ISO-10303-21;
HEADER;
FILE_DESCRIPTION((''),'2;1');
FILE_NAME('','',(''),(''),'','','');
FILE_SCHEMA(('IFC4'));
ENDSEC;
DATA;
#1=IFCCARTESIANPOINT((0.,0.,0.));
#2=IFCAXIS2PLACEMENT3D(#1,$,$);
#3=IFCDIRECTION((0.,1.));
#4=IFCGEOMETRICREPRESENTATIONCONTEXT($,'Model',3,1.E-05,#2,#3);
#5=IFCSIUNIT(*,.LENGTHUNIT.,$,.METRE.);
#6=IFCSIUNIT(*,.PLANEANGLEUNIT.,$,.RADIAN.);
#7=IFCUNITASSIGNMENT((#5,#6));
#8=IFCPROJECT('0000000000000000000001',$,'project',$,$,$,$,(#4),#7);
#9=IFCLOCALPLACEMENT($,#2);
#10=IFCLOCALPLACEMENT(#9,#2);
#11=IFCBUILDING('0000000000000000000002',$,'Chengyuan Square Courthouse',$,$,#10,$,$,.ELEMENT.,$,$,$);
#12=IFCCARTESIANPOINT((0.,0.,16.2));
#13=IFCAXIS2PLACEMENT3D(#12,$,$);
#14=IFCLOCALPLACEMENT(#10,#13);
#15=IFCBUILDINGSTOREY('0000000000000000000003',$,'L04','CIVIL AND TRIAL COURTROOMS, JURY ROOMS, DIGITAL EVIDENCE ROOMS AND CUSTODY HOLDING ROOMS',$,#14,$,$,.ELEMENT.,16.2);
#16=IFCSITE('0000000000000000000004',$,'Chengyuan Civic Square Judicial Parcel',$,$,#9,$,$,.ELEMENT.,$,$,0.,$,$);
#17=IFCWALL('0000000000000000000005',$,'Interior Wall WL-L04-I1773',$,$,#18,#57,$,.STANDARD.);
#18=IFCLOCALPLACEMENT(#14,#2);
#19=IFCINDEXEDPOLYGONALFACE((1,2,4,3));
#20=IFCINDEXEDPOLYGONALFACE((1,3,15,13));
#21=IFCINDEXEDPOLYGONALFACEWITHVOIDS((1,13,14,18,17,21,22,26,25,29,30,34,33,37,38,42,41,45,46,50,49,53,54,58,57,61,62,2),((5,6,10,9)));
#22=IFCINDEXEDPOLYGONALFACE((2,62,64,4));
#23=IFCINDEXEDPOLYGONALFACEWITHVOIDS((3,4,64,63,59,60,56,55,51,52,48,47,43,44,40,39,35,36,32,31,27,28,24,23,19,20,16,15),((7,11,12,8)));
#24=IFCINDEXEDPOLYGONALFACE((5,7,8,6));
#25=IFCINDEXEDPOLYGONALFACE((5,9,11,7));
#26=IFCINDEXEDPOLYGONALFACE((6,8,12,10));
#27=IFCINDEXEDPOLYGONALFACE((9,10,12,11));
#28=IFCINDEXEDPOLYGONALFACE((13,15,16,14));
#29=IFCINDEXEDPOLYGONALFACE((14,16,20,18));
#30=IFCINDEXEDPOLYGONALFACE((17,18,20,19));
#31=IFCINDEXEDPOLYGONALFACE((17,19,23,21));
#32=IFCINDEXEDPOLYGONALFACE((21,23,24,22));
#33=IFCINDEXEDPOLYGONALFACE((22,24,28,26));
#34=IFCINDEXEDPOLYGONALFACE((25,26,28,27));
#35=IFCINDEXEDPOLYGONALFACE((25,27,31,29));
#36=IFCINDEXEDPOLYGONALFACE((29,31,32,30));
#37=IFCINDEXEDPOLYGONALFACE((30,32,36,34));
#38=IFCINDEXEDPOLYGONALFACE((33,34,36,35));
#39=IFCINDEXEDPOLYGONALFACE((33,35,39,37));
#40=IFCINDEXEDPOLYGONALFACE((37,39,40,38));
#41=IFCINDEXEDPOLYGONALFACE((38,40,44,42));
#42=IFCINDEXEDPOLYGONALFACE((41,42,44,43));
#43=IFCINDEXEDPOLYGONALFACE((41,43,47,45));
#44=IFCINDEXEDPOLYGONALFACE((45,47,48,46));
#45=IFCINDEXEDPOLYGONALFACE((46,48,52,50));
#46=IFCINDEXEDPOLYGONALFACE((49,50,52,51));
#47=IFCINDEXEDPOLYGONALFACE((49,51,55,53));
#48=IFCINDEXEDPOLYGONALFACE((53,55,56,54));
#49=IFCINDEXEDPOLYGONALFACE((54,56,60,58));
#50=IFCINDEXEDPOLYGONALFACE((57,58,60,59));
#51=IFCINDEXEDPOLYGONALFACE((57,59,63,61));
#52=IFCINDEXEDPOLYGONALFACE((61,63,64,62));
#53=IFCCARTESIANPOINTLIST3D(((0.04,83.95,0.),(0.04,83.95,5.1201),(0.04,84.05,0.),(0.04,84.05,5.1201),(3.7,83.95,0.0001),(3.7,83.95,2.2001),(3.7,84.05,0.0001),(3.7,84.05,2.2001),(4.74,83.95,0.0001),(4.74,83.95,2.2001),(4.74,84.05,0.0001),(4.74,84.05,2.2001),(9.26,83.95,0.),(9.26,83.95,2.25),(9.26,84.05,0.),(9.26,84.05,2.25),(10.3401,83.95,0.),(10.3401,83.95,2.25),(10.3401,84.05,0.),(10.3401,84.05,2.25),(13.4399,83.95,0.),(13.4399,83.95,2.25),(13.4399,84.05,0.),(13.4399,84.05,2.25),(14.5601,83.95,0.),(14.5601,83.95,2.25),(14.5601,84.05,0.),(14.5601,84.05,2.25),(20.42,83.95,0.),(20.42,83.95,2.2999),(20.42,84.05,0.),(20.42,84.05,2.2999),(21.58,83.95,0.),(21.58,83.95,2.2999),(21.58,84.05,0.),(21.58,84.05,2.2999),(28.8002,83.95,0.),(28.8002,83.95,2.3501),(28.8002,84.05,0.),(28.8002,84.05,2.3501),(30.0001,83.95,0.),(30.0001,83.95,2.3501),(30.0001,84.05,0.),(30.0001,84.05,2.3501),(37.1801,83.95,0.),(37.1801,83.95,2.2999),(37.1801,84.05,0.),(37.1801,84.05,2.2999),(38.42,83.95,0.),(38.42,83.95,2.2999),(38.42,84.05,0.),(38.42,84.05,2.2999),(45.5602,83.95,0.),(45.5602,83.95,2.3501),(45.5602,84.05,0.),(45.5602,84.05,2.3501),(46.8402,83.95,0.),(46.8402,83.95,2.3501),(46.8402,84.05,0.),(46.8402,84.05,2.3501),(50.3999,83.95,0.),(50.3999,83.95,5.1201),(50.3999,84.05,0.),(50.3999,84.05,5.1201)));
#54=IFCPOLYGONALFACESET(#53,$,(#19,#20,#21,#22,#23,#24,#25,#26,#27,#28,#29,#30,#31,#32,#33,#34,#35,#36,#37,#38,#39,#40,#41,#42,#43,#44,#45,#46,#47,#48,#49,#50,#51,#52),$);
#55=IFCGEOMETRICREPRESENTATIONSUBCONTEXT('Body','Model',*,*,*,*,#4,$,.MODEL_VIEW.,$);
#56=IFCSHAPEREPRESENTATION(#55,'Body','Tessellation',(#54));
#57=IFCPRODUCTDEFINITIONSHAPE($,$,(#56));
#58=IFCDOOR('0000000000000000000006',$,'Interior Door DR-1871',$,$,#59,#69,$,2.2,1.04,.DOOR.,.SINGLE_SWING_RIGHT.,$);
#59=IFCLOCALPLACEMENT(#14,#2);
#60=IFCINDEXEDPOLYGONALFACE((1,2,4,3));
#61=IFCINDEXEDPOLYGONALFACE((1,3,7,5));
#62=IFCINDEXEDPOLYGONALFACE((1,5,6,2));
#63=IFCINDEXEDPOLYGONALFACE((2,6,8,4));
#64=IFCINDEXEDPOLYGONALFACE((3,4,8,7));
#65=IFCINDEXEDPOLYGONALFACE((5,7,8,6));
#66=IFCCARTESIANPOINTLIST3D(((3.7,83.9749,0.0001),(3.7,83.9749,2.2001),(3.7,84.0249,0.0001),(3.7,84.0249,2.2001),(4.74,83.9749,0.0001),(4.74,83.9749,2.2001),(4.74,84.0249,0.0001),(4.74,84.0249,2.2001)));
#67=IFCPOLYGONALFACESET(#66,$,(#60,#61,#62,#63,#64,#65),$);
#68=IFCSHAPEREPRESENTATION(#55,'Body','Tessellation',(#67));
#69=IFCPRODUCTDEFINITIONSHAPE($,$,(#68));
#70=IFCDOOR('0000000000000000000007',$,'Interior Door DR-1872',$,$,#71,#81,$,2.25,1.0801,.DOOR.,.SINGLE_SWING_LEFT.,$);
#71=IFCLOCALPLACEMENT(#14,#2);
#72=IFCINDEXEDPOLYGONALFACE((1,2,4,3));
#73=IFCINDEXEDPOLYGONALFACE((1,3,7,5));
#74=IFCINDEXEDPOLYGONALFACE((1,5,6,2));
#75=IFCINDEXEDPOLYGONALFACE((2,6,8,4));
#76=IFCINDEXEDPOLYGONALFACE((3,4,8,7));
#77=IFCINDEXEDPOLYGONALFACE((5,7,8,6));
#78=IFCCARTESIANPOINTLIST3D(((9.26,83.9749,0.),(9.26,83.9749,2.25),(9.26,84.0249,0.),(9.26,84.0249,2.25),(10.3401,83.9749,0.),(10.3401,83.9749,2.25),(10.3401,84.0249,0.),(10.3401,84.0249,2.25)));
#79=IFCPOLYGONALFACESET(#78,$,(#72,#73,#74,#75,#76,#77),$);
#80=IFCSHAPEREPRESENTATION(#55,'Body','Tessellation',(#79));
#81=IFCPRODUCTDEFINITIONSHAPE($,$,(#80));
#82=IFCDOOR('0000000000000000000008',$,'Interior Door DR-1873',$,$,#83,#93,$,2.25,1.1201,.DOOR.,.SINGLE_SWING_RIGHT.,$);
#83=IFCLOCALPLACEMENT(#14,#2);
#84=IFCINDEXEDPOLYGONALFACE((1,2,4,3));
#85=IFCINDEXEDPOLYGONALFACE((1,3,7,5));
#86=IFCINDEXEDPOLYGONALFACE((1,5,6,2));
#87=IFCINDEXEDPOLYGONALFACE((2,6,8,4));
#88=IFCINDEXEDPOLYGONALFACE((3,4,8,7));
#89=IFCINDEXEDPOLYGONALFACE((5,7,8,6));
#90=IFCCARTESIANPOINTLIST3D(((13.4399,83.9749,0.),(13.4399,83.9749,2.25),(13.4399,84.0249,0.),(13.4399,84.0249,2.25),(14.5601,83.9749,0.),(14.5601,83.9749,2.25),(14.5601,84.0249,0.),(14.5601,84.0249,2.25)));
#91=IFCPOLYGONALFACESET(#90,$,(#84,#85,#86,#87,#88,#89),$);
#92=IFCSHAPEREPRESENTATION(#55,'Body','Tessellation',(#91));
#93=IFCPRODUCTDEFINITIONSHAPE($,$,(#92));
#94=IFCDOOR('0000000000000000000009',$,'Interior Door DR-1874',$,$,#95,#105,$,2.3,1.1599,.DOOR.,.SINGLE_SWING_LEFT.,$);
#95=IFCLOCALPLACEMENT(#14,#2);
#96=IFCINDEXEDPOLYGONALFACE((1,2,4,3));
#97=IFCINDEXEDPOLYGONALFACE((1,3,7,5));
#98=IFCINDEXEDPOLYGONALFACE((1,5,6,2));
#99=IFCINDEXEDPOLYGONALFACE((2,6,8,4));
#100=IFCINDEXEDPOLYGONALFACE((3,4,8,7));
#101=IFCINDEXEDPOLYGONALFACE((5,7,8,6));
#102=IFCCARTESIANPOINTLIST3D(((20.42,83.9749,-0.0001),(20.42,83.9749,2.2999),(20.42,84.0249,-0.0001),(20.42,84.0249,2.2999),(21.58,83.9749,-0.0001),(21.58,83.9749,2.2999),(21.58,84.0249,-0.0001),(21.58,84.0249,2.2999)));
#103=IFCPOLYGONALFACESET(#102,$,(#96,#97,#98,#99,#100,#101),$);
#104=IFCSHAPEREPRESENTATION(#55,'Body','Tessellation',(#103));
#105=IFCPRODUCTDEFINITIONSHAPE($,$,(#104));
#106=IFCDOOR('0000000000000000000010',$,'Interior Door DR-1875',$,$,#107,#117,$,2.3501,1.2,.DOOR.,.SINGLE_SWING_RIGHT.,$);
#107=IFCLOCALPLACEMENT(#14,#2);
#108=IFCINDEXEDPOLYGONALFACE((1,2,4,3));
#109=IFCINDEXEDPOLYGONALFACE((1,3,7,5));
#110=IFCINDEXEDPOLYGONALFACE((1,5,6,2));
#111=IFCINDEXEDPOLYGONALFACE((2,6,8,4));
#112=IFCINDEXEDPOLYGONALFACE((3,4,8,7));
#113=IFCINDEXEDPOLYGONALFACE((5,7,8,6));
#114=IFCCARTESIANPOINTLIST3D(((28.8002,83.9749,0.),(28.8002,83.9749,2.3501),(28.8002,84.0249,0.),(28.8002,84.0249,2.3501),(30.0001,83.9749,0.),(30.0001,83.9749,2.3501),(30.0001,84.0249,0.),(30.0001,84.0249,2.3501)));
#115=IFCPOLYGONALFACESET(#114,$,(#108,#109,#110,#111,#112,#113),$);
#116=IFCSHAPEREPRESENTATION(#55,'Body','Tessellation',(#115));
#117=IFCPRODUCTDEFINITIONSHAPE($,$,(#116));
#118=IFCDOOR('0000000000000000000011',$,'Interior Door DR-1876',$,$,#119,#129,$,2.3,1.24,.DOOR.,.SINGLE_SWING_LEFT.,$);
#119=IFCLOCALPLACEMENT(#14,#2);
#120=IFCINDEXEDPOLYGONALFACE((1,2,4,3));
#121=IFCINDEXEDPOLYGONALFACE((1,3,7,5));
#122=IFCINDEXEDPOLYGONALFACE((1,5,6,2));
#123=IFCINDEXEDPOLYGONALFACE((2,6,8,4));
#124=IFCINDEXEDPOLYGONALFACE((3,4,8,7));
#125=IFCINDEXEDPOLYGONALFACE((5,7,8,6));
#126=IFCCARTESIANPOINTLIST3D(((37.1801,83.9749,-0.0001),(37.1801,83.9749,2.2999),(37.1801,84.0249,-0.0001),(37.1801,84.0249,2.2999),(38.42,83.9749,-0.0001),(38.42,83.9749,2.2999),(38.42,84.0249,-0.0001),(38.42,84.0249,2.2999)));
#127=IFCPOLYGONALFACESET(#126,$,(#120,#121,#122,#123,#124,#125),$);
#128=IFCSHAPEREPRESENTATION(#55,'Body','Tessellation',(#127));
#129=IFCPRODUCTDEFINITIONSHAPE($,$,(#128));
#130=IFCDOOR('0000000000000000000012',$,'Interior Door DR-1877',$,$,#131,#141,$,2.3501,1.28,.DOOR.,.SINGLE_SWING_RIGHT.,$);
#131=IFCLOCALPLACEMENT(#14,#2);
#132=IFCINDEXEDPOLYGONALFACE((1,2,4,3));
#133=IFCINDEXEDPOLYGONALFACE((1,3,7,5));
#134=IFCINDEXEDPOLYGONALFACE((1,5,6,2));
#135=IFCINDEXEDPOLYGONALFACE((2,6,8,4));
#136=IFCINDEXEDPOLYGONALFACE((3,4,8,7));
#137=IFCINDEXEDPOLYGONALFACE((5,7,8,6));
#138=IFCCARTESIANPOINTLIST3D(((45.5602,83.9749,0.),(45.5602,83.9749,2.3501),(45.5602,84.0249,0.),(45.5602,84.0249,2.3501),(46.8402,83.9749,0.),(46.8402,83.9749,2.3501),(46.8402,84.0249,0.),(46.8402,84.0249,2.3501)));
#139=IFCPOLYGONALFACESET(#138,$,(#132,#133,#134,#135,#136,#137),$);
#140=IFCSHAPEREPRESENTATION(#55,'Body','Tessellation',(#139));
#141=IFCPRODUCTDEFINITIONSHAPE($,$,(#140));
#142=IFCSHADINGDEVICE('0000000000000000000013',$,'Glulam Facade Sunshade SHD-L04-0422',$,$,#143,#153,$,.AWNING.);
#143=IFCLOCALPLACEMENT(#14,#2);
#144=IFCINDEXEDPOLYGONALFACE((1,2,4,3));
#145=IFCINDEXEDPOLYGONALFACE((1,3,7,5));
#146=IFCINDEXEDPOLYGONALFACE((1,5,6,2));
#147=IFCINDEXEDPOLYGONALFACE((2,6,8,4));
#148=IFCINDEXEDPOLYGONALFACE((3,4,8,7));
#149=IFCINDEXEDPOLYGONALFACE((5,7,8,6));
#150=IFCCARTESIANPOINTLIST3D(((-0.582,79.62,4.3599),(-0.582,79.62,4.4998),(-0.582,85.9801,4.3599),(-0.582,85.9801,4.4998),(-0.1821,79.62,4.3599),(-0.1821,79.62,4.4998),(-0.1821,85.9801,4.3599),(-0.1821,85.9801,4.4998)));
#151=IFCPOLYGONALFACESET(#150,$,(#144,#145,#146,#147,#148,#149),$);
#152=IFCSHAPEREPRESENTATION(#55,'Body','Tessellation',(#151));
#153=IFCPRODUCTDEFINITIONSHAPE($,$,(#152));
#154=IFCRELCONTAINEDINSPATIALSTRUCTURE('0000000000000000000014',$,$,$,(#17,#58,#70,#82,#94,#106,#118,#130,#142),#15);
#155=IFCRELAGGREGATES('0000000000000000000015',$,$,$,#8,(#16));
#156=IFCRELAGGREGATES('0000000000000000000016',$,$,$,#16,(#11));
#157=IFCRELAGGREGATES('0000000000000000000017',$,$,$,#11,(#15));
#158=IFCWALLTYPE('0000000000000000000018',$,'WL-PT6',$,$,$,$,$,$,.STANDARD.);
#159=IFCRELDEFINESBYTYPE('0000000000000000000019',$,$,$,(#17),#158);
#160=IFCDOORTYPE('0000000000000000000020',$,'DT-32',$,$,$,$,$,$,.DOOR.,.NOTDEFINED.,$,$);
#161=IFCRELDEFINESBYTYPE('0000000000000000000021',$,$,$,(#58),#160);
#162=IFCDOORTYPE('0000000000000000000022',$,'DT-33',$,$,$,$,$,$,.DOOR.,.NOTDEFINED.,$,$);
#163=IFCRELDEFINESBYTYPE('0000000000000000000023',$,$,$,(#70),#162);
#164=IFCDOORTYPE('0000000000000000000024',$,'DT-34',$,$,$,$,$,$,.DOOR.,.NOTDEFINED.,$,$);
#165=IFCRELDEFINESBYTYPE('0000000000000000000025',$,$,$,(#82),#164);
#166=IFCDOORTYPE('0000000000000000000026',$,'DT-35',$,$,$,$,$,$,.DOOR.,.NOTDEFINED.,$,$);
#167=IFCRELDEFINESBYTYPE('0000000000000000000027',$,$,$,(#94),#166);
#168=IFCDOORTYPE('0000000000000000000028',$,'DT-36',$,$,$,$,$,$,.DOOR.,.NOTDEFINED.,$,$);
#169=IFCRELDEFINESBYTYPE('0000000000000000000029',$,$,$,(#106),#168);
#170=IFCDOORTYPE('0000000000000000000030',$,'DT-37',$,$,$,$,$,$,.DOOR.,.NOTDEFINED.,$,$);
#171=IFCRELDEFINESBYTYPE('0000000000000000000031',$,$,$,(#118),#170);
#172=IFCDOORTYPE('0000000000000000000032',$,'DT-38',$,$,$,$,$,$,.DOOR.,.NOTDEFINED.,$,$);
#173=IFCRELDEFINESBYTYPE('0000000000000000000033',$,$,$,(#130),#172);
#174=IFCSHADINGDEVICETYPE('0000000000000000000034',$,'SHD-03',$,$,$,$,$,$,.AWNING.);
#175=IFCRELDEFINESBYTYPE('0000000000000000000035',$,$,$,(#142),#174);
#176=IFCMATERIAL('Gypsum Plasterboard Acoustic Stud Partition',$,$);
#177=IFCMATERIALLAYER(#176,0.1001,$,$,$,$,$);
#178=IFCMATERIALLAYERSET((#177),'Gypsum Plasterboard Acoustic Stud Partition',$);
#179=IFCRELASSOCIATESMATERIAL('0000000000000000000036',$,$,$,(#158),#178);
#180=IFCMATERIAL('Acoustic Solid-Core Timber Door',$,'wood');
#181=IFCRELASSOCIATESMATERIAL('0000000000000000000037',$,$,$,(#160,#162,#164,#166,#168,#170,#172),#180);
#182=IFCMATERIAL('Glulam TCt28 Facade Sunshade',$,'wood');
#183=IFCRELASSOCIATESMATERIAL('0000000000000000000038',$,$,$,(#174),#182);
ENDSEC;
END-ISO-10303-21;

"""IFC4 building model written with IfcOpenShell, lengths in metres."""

from ifc_helpers import new_model, si_unit, direction, frame, frame_2d, origin, origin_2d, place, context, subcontext, project, spatial, rectangle, extrude, material, layer, layer_set, type_object, element, fill, save


model = new_model("IFC4")

# Units and contexts
model_context = context("Model", 3, precision=1e-05, world=origin(), true_north=direction((0.0, 1.0)))
body_context = subcontext(model_context, "Body", "Model", "MODEL_VIEW")
ifc_project = project(units=[si_unit("LENGTHUNIT", "METRE"), si_unit("PLANEANGLEUNIT", "RADIAN")], contexts=[model_context])

# Site, building, storey
site_placement = place(None, origin())
site = spatial("IfcSite", under=ifc_project, at=site_placement, Name="Chengyuan Civic Square Judicial Parcel", CompositionType="ELEMENT", RefElevation=0.0)
building_placement = place(site_placement, origin())
building = spatial("IfcBuilding", under=site, at=building_placement, Name="Chengyuan Square Courthouse", CompositionType="ELEMENT")
storey_placement = place(building_placement, frame((0.0, 0.0, 16.2)))
storey = spatial("IfcBuildingStorey", under=building, at=storey_placement, Name="L04", Description="CIVIL AND TRIAL COURTROOMS, JURY ROOMS, DIGITAL EVIDENCE ROOMS AND CUSTODY HOLDING ROOMS", CompositionType="ELEMENT", Elevation=16.2)

# Wall, openings, doors
ifc_material_1 = material(Name="Gypsum Plasterboard Acoustic Stud Partition")
ifc_layer_1 = layer(ifc_material_1, 0.1001)
ifc_layer_set_1 = layer_set([ifc_layer_1], Name="Gypsum Plasterboard Acoustic Stud Partition")
wall_type_1 = type_object("IfcWallType", Name="WL-PT6", PredefinedType="STANDARD", material=ifc_layer_set_1)
wall_1_placement = place(storey_placement, frame((0.04, 84.0, 0.0), z_axis=(0.0, 0.0, 1.0), x_axis=(1.0, 0.0, 0.0)))
wall_1 = element("IfcWall", 1, at=wall_1_placement, inside=storey, type_object=wall_type_1, Name="Interior Wall WL-L04-I1773", PredefinedType="STANDARD", context=body_context, shape_type="SweptSolid", body=[
    extrude(rectangle(XDim=50.3599, YDim=0.1001, at=frame_2d((25.1799, 0.0))), origin(), (0.0, 0.0, 1.0), 5.1201),
])
opening_1_placement = place(wall_1_placement, frame((3.6599, 0.0, 0.0)))
opening_1 = element("IfcOpeningElement", 2, at=opening_1_placement, cuts=wall_1, PredefinedType="OPENING", context=body_context, shape_type="SweptSolid", body=[
    extrude(rectangle(XDim=1.04, YDim=2.2, at=frame_2d((0.52, 1.1001))), frame((0.0, 0.062, 0.0), z_axis=(0.0, -1.0, 0.0), x_axis=(1.0, 0.0, 0.0)), (0.0, 0.0, 1.0), 0.124),
])
opening_2_placement = place(wall_1_placement, frame((9.22, 0.0, 0.0)))
opening_2 = element("IfcOpeningElement", 3, at=opening_2_placement, cuts=wall_1, PredefinedType="OPENING", context=body_context, shape_type="SweptSolid", body=[
    extrude(rectangle(XDim=1.0801, YDim=2.25, at=frame_2d((0.54, 1.125))), frame((0.0, 0.062, 0.0), z_axis=(0.0, -1.0, 0.0), x_axis=(1.0, 0.0, 0.0)), (0.0, 0.0, 1.0), 0.124),
])
opening_3_placement = place(wall_1_placement, frame((13.3999, 0.0, 0.0)))
opening_3 = element("IfcOpeningElement", 4, at=opening_3_placement, cuts=wall_1, PredefinedType="OPENING", context=body_context, shape_type="SweptSolid", body=[
    extrude(rectangle(XDim=1.1201, YDim=2.25, at=frame_2d((0.5601, 1.125))), frame((0.0, 0.062, 0.0), z_axis=(0.0, -1.0, 0.0), x_axis=(1.0, 0.0, 0.0)), (0.0, 0.0, 1.0), 0.124),
])
opening_4_placement = place(wall_1_placement, frame((20.3799, 0.0, 0.0)))
opening_4 = element("IfcOpeningElement", 5, at=opening_4_placement, cuts=wall_1, PredefinedType="OPENING", context=body_context, shape_type="SweptSolid", body=[
    extrude(rectangle(XDim=1.1599, YDim=2.3, at=frame_2d((0.5801, 1.1499))), frame((0.0, 0.062, 0.0), z_axis=(0.0, -1.0, 0.0), x_axis=(1.0, 0.0, 0.0)), (0.0, 0.0, 1.0), 0.124),
])
opening_5_placement = place(wall_1_placement, frame((28.76, 0.0, 0.0)))
opening_5 = element("IfcOpeningElement", 6, at=opening_5_placement, cuts=wall_1, PredefinedType="OPENING", context=body_context, shape_type="SweptSolid", body=[
    extrude(rectangle(XDim=1.2, YDim=2.3501, at=frame_2d((0.6001, 1.175))), frame((0.0, 0.062, 0.0), z_axis=(0.0, -1.0, 0.0), x_axis=(1.0, 0.0, 0.0)), (0.0, 0.0, 1.0), 0.124),
])
opening_6_placement = place(wall_1_placement, frame((37.1399, 0.0, 0.0)))
opening_6 = element("IfcOpeningElement", 7, at=opening_6_placement, cuts=wall_1, PredefinedType="OPENING", context=body_context, shape_type="SweptSolid", body=[
    extrude(rectangle(XDim=1.24, YDim=2.3, at=frame_2d((0.6201, 1.1499))), frame((0.0, 0.062, 0.0), z_axis=(0.0, -1.0, 0.0), x_axis=(1.0, 0.0, 0.0)), (0.0, 0.0, 1.0), 0.124),
])
opening_7_placement = place(wall_1_placement, frame((45.52, 0.0, 0.0)))
opening_7 = element("IfcOpeningElement", 8, at=opening_7_placement, cuts=wall_1, PredefinedType="OPENING", context=body_context, shape_type="SweptSolid", body=[
    extrude(rectangle(XDim=1.28, YDim=2.3501, at=frame_2d((0.6401, 1.175))), frame((0.0, 0.062, 0.0), z_axis=(0.0, -1.0, 0.0), x_axis=(1.0, 0.0, 0.0)), (0.0, 0.0, 1.0), 0.124),
])
ifc_material_2 = material(Name="Acoustic Solid-Core Timber Door", Category="wood")
door_type_1 = type_object("IfcDoorType", Name="DT-32", OperationType="NOTDEFINED", PredefinedType="DOOR", material=ifc_material_2)
door_1_placement = place(opening_1_placement, origin())
door_1 = element("IfcDoor", 9, at=door_1_placement, inside=storey, type_object=door_type_1, Name="Interior Door DR-1871", OperationType="SINGLE_SWING_RIGHT", OverallHeight=2.2, OverallWidth=1.04, PredefinedType="DOOR", context=body_context, shape_type="SweptSolid", body=[
    extrude(rectangle(XDim=1.04, YDim=2.2, at=frame_2d((0.52, 1.1001))), frame((0.0, 0.0249, 0.0), z_axis=(0.0, -1.0, 0.0), x_axis=(1.0, 0.0, 0.0)), (0.0, 0.0, 1.0), 0.05),
])
fill(opening_1, door_1)
door_type_2 = type_object("IfcDoorType", Name="DT-33", OperationType="NOTDEFINED", PredefinedType="DOOR", material=ifc_material_2)
door_2_placement = place(opening_2_placement, origin())
door_2 = element("IfcDoor", 10, at=door_2_placement, inside=storey, type_object=door_type_2, Name="Interior Door DR-1872", OperationType="SINGLE_SWING_LEFT", OverallHeight=2.25, OverallWidth=1.0801, PredefinedType="DOOR", context=body_context, shape_type="SweptSolid", body=[
    extrude(rectangle(XDim=1.0801, YDim=2.25, at=frame_2d((0.54, 1.125))), frame((0.0, 0.0249, 0.0), z_axis=(0.0, -1.0, 0.0), x_axis=(1.0, 0.0, 0.0)), (0.0, 0.0, 1.0), 0.05),
])
fill(opening_2, door_2)
door_type_3 = type_object("IfcDoorType", Name="DT-34", OperationType="NOTDEFINED", PredefinedType="DOOR", material=ifc_material_2)
door_3_placement = place(opening_3_placement, origin())
door_3 = element("IfcDoor", 11, at=door_3_placement, inside=storey, type_object=door_type_3, Name="Interior Door DR-1873", OperationType="SINGLE_SWING_RIGHT", OverallHeight=2.25, OverallWidth=1.1201, PredefinedType="DOOR", context=body_context, shape_type="SweptSolid", body=[
    extrude(rectangle(XDim=1.1201, YDim=2.25, at=frame_2d((0.5601, 1.125))), frame((0.0, 0.0249, 0.0), z_axis=(0.0, -1.0, 0.0), x_axis=(1.0, 0.0, 0.0)), (0.0, 0.0, 1.0), 0.05),
])
fill(opening_3, door_3)
door_type_4 = type_object("IfcDoorType", Name="DT-35", OperationType="NOTDEFINED", PredefinedType="DOOR", material=ifc_material_2)
door_4_placement = place(opening_4_placement, origin())
door_4 = element("IfcDoor", 12, at=door_4_placement, inside=storey, type_object=door_type_4, Name="Interior Door DR-1874", OperationType="SINGLE_SWING_LEFT", OverallHeight=2.3, OverallWidth=1.1599, PredefinedType="DOOR", context=body_context, shape_type="SweptSolid", body=[
    extrude(rectangle(XDim=1.1599, YDim=2.3, at=frame_2d((0.5801, 1.1499))), frame((0.0, 0.0249, 0.0), z_axis=(0.0, -1.0, 0.0), x_axis=(1.0, 0.0, 0.0)), (0.0, 0.0, 1.0), 0.05),
])
fill(opening_4, door_4)
door_type_5 = type_object("IfcDoorType", Name="DT-36", OperationType="NOTDEFINED", PredefinedType="DOOR", material=ifc_material_2)
door_5_placement = place(opening_5_placement, origin())
door_5 = element("IfcDoor", 13, at=door_5_placement, inside=storey, type_object=door_type_5, Name="Interior Door DR-1875", OperationType="SINGLE_SWING_RIGHT", OverallHeight=2.3501, OverallWidth=1.2, PredefinedType="DOOR", context=body_context, shape_type="SweptSolid", body=[
    extrude(rectangle(XDim=1.2, YDim=2.3501, at=frame_2d((0.6001, 1.175))), frame((0.0, 0.0249, 0.0), z_axis=(0.0, -1.0, 0.0), x_axis=(1.0, 0.0, 0.0)), (0.0, 0.0, 1.0), 0.05),
])
fill(opening_5, door_5)
door_type_6 = type_object("IfcDoorType", Name="DT-37", OperationType="NOTDEFINED", PredefinedType="DOOR", material=ifc_material_2)
door_6_placement = place(opening_6_placement, origin())
door_6 = element("IfcDoor", 14, at=door_6_placement, inside=storey, type_object=door_type_6, Name="Interior Door DR-1876", OperationType="SINGLE_SWING_LEFT", OverallHeight=2.3, OverallWidth=1.24, PredefinedType="DOOR", context=body_context, shape_type="SweptSolid", body=[
    extrude(rectangle(XDim=1.24, YDim=2.3, at=frame_2d((0.6201, 1.1499))), frame((0.0, 0.0249, 0.0), z_axis=(0.0, -1.0, 0.0), x_axis=(1.0, 0.0, 0.0)), (0.0, 0.0, 1.0), 0.05),
])
fill(opening_6, door_6)
door_type_7 = type_object("IfcDoorType", Name="DT-38", OperationType="NOTDEFINED", PredefinedType="DOOR", material=ifc_material_2)
door_7_placement = place(opening_7_placement, origin())
door_7 = element("IfcDoor", 15, at=door_7_placement, inside=storey, type_object=door_type_7, Name="Interior Door DR-1877", OperationType="SINGLE_SWING_RIGHT", OverallHeight=2.3501, OverallWidth=1.28, PredefinedType="DOOR", context=body_context, shape_type="SweptSolid", body=[
    extrude(rectangle(XDim=1.28, YDim=2.3501, at=frame_2d((0.6401, 1.175))), frame((0.0, 0.0249, 0.0), z_axis=(0.0, -1.0, 0.0), x_axis=(1.0, 0.0, 0.0)), (0.0, 0.0, 1.0), 0.05),
])
fill(opening_7, door_7)

# Shading device
ifc_material_3 = material(Name="Glulam TCt28 Facade Sunshade", Category="wood")
shading_device_type = type_object("IfcShadingDeviceType", Name="SHD-03", PredefinedType="AWNING", material=ifc_material_3)
shading_device_placement = place(storey_placement, frame((-0.3821, 82.8, 4.3599), z_axis=(0.0, 0.0, 1.0), x_axis=(0.0, 1.0, 0.0)))
element("IfcShadingDevice", 16, at=shading_device_placement, inside=storey, type_object=shading_device_type, Name="Glulam Facade Sunshade SHD-L04-0422", PredefinedType="AWNING", context=body_context, shape_type="SweptSolid", body=[
    extrude(rectangle(XDim=6.3601, YDim=0.3999, at=origin_2d()), origin(), (0.0, 0.0, 1.0), 0.1399),
])

save(model, "model.ifc")
